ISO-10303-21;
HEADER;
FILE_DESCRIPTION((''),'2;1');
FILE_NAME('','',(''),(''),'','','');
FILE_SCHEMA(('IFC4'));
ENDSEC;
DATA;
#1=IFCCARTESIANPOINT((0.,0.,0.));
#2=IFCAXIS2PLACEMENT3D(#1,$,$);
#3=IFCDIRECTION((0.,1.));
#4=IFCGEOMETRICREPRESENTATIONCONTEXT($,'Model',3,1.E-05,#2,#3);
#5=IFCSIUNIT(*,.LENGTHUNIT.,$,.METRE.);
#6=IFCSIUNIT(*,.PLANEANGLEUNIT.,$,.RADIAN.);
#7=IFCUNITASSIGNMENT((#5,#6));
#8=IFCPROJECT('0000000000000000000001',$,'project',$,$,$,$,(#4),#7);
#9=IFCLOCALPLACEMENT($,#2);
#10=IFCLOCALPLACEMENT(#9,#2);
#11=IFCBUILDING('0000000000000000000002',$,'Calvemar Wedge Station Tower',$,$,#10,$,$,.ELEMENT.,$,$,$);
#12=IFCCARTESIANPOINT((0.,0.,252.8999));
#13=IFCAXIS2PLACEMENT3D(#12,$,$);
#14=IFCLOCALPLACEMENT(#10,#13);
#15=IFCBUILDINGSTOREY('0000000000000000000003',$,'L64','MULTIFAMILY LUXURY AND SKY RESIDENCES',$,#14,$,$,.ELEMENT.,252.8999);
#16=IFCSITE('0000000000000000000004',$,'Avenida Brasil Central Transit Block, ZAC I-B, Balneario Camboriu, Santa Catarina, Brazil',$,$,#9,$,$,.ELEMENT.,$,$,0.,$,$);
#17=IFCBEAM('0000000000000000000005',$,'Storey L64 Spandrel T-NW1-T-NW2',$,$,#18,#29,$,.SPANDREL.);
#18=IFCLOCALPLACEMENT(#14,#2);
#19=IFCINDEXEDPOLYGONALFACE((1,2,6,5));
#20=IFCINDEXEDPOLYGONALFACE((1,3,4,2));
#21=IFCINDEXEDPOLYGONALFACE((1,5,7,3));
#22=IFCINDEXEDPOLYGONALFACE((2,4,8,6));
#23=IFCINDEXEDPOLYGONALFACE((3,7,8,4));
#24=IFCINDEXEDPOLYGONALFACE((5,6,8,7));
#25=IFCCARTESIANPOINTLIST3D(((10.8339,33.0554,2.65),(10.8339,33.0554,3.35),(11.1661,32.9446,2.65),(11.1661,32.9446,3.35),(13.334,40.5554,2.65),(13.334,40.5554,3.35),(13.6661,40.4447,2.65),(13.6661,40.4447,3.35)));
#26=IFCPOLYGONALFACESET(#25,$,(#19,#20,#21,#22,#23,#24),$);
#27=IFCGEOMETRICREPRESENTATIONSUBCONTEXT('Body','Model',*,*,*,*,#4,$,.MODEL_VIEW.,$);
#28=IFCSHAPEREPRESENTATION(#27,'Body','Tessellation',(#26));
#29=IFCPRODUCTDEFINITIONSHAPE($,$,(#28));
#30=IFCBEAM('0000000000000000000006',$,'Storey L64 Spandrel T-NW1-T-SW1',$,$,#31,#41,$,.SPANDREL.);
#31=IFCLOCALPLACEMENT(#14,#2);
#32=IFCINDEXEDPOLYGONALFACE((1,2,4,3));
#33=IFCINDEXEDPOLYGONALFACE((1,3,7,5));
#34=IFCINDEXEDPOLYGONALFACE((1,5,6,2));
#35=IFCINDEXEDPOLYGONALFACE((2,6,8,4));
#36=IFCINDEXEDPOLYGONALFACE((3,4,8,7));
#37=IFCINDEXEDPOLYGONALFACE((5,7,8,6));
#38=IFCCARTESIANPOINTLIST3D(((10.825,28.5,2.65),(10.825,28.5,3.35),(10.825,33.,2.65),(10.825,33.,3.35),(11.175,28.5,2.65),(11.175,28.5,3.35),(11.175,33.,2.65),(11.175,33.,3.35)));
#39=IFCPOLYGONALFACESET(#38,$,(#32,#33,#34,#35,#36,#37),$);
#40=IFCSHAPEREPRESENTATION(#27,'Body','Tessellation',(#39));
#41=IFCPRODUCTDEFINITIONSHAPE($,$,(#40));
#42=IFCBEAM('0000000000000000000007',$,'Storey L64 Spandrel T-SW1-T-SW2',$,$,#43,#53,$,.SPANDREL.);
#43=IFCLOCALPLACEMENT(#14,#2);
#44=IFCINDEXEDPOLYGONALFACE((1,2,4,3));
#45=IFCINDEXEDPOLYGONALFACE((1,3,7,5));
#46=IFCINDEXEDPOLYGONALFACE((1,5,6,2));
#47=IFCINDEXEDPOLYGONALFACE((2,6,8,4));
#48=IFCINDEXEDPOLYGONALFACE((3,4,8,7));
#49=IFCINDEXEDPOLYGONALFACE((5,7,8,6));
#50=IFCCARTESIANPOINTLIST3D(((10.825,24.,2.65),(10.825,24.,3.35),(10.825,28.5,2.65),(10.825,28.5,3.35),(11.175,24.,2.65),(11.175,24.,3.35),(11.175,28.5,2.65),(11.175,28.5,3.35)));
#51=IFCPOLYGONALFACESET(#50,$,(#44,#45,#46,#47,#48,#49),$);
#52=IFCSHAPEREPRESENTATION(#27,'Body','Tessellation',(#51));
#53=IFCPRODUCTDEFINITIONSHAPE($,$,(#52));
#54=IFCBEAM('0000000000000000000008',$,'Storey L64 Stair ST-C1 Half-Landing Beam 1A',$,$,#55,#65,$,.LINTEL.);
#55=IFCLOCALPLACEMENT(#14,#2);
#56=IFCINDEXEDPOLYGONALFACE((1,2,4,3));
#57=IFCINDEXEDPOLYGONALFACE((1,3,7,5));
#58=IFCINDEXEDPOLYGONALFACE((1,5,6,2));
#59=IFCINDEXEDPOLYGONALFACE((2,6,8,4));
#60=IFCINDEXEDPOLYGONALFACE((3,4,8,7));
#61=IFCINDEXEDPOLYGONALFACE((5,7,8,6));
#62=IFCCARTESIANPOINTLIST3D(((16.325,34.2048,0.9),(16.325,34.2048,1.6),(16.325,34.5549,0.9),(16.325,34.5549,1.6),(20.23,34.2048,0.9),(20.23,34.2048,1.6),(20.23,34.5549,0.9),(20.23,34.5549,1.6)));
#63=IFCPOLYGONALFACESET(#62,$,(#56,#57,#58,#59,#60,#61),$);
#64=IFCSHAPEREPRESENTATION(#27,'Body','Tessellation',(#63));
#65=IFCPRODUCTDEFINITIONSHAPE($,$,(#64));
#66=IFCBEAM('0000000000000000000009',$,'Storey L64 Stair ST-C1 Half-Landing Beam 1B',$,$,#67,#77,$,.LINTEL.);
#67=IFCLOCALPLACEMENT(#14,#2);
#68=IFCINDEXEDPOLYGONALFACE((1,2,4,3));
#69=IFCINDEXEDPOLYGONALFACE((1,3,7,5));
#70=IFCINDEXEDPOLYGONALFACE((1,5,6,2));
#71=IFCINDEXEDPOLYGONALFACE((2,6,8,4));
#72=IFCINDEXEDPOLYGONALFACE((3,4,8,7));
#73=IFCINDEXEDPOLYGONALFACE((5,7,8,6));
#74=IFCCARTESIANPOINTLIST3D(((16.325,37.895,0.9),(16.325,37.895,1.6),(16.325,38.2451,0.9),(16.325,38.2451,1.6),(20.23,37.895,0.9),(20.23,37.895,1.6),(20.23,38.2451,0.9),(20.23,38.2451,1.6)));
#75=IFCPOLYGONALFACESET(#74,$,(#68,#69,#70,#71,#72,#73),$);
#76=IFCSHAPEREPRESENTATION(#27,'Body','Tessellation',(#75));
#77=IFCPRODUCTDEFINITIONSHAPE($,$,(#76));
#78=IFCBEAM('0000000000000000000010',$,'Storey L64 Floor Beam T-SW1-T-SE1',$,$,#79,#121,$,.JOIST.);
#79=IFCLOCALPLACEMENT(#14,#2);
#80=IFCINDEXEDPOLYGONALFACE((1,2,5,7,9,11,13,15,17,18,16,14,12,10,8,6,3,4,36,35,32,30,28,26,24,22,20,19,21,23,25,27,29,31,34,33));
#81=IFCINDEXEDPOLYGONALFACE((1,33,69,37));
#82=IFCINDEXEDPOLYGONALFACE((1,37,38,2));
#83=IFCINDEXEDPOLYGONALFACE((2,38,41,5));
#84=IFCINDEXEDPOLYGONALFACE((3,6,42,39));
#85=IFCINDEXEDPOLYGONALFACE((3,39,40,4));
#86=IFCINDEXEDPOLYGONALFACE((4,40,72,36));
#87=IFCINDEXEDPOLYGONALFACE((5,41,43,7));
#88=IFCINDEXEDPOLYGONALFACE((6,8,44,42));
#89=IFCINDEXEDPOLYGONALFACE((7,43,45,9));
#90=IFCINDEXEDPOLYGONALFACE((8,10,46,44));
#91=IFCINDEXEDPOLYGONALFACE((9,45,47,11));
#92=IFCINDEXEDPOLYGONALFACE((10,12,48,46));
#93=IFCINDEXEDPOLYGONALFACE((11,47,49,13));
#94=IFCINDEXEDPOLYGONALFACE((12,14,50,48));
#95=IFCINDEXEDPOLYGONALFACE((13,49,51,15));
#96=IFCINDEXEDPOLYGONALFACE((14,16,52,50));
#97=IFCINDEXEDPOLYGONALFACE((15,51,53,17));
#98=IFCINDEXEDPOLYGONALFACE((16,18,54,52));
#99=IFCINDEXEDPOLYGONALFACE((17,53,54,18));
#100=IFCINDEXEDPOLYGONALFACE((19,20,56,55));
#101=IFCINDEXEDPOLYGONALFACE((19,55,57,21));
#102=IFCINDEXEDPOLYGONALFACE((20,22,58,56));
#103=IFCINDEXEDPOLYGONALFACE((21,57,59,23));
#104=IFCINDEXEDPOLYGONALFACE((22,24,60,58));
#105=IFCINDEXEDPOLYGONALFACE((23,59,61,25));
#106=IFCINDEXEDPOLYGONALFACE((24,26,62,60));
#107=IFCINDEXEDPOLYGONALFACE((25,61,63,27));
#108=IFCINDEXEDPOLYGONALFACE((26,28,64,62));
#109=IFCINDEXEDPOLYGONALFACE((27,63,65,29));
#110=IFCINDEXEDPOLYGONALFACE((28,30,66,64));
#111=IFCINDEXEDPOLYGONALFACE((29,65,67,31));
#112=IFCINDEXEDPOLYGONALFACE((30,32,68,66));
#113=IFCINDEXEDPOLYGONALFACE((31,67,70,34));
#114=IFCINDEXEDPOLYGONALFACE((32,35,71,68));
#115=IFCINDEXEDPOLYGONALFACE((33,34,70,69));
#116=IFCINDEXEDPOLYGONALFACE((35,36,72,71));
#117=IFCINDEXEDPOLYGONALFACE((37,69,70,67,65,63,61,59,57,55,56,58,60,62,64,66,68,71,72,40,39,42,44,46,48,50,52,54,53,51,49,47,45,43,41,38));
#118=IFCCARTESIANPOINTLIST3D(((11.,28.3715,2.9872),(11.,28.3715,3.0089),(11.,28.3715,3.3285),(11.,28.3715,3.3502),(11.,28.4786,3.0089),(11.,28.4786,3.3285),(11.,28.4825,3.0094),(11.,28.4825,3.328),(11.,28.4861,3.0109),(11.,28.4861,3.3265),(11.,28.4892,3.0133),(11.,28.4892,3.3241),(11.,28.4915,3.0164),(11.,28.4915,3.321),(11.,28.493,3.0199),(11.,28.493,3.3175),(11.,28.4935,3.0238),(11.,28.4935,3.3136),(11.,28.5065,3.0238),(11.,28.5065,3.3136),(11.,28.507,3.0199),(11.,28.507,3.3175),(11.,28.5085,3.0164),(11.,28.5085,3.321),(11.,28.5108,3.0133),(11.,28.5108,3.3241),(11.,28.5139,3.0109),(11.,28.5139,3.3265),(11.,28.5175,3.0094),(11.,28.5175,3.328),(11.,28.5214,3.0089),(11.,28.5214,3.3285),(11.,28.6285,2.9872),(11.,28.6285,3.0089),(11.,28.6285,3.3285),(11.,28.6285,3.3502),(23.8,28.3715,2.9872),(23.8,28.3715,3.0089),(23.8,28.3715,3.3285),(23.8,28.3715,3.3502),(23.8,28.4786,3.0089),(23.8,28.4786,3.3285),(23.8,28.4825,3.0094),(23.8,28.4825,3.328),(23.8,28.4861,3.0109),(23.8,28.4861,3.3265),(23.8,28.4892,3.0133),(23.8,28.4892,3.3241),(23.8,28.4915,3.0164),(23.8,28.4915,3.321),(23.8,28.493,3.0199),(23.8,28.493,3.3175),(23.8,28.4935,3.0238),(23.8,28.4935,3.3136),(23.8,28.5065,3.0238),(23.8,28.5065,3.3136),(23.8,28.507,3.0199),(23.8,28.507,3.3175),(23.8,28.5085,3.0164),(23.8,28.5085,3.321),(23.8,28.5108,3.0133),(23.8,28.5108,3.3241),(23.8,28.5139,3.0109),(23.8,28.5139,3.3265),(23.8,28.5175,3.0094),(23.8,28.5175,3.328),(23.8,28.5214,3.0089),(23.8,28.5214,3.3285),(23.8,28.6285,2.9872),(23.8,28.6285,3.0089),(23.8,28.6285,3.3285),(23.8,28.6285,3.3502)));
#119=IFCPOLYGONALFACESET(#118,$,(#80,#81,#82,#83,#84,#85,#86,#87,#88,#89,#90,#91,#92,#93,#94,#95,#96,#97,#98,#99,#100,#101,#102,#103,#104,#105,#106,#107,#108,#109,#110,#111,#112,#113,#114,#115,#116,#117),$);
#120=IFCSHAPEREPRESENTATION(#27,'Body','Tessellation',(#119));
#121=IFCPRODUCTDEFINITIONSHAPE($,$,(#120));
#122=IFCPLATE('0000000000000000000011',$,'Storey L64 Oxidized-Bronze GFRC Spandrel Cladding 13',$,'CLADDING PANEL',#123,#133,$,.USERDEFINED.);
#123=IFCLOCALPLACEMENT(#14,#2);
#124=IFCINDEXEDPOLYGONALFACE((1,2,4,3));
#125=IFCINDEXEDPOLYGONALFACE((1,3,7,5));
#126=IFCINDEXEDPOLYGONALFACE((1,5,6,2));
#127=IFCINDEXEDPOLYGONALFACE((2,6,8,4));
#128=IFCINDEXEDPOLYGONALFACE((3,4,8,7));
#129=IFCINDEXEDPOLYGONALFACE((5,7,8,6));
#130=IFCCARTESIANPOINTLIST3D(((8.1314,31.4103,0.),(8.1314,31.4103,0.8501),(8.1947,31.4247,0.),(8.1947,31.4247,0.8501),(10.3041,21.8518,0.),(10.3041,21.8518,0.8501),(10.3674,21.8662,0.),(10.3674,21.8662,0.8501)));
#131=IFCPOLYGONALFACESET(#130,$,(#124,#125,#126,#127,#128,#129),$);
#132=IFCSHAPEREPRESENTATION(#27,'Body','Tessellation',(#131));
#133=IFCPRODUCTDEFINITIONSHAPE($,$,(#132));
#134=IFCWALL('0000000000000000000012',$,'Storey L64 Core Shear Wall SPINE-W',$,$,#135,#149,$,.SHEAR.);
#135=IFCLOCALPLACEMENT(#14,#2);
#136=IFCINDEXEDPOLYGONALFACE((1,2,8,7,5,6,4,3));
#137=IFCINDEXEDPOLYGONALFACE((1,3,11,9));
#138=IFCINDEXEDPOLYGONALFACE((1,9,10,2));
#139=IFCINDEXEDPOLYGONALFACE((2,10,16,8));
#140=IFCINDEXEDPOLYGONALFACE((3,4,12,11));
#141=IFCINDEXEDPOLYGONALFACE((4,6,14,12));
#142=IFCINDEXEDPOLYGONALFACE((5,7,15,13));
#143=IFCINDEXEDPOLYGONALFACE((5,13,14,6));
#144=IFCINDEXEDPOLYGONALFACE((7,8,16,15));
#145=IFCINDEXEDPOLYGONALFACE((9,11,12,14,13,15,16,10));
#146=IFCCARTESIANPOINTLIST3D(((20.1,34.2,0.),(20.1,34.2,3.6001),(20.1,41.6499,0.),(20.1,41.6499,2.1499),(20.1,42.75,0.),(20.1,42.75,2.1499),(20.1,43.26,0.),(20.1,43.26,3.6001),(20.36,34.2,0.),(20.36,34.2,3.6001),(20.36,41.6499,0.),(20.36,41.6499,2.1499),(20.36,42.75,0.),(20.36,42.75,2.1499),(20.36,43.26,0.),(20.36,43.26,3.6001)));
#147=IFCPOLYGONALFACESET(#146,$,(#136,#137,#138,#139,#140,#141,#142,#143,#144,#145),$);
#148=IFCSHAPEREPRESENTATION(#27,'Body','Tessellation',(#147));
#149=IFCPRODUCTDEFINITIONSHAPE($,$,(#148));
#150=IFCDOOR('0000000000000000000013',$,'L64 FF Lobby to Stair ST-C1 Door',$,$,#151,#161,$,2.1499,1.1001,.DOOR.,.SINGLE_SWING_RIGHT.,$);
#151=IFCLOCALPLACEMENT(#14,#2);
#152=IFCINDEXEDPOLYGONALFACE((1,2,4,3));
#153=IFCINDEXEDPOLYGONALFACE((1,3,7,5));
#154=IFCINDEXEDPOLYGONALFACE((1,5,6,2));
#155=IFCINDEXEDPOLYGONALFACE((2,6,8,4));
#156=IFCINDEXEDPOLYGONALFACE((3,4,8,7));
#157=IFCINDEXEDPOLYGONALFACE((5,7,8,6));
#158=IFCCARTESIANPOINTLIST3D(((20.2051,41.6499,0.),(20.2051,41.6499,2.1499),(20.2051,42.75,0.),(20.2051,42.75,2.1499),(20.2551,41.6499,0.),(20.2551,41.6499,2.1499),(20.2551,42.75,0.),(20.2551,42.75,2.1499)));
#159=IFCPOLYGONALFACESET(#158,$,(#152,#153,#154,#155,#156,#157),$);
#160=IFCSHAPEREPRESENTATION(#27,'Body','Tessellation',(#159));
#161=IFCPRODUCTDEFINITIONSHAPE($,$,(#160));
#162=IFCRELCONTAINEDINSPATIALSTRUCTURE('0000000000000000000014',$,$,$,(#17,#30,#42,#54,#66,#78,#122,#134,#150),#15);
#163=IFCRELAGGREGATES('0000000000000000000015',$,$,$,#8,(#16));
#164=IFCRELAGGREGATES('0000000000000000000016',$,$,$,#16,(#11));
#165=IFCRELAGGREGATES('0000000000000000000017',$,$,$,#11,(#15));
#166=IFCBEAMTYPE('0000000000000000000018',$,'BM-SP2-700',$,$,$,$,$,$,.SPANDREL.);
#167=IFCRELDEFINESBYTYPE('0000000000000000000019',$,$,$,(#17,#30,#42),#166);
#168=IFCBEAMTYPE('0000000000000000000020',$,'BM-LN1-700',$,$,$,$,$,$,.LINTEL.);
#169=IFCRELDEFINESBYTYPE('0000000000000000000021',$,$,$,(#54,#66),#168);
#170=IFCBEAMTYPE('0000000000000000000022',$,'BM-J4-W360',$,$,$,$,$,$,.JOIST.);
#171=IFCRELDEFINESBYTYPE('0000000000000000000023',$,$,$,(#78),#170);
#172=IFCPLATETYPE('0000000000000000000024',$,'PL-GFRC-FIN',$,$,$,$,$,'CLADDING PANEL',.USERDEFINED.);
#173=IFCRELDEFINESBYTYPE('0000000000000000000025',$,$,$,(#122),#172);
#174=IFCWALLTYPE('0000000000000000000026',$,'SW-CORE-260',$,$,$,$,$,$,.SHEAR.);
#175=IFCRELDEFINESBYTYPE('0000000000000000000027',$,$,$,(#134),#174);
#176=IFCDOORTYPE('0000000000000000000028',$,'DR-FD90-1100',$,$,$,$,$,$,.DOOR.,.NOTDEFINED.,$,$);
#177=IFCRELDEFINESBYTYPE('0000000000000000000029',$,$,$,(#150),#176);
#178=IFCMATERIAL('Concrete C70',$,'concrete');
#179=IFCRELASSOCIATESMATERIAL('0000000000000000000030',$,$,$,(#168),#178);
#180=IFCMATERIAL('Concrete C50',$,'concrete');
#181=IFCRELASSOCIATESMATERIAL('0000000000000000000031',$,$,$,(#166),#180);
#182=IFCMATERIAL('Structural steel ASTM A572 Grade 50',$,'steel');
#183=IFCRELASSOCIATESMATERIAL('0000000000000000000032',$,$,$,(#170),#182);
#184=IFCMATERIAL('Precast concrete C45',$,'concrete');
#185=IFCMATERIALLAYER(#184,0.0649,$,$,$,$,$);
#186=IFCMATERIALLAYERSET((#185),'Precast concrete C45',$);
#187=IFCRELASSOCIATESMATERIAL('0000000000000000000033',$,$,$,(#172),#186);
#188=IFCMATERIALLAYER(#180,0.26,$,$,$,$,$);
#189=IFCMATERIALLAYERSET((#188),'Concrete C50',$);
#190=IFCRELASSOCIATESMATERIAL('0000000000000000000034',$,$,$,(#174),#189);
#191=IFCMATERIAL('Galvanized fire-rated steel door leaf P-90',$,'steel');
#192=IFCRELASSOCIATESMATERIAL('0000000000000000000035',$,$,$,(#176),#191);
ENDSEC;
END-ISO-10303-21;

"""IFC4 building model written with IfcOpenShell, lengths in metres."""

from ifc_helpers import new_model, si_unit, direction, frame, frame_2d, origin, origin_2d, place, context, subcontext, project, spatial, rectangle, i_section, extrude, source, transform, mapped, material, layer, layer_set, material_profile, profile_set, type_object, element, fill, save


model = new_model("IFC4")

# Units and contexts
model_context = context("Model", 3, precision=1e-05, world=origin(), true_north=direction((0.0, 1.0)))
body_context = subcontext(model_context, "Body", "Model", "MODEL_VIEW")
ifc_project = project(units=[si_unit("LENGTHUNIT", "METRE"), si_unit("PLANEANGLEUNIT", "RADIAN")], contexts=[model_context])

# Site, building, storey
site_placement = place(None, origin())
site = spatial("IfcSite", under=ifc_project, at=site_placement, Name="Avenida Brasil Central Transit Block, ZAC I-B, Balneario Camboriu, Santa Catarina, Brazil", CompositionType="ELEMENT", RefElevation=0.0)
building_placement = place(site_placement, origin())
building = spatial("IfcBuilding", under=site, at=building_placement, Name="Calvemar Wedge Station Tower", CompositionType="ELEMENT")
storey_placement = place(building_placement, frame((0.0, 0.0, 252.8999)))
storey = spatial("IfcBuildingStorey", under=building, at=storey_placement, Name="L64", Description="MULTIFAMILY LUXURY AND SKY RESIDENCES", CompositionType="ELEMENT", Elevation=252.8999)

# Shared definitions
ifc_material_1 = material(Name="Concrete C50", Category="concrete")

# Beams
ifc_material_2 = material(Name="Concrete C70", Category="concrete")
ifc_material_profile_1 = material_profile(ifc_material_2, rectangle(XDim=0.3501, YDim=0.7, at=origin_2d()), Name="RC350x700")
ifc_profile_set_1 = profile_set([ifc_material_profile_1], Name="Concrete C70")
beam_type_1 = type_object("IfcBeamType", Name="BM-LN1-700", PredefinedType="LINTEL", material=ifc_profile_set_1)
ifc_material_3 = material(Name="Structural steel ASTM A572 Grade 50", Category="steel")
ifc_material_profile_2 = material_profile(ifc_material_1, rectangle(XDim=0.3501, YDim=0.7, at=origin_2d()), Name="RC350x700")
ifc_profile_set_2 = profile_set([ifc_material_profile_2], Name="Concrete C50")
beam_type_2 = type_object("IfcBeamType", Name="BM-SP2-700", PredefinedType="SPANDREL", material=ifc_profile_set_2)
shared_shape_1 = source(origin(), body_context, "Body", "SweptSolid", [
    extrude(rectangle(XDim=0.3501, YDim=0.7, at=origin_2d()), origin(), (0.0, 0.0, 1.0), 7.9058),
])
beam_1_placement = place(storey_placement, frame((11.0, 33.0, 3.0), z_axis=(0.316228, 0.948683, 0.0), x_axis=(-0.948683, 0.316228, 0.0)))
element("IfcBeam", 1, at=beam_1_placement, inside=storey, type_object=beam_type_2, Name="Storey L64 Spandrel T-NW1-T-NW2", PredefinedType="SPANDREL", context=body_context, shape_type="MappedRepresentation", body=[
    mapped(shared_shape_1, transform((0.0, 0.0, 0.0), scale=1.0)),
])
shared_shape_2 = source(origin(), body_context, "Body", "SweptSolid", [
    extrude(rectangle(XDim=0.3501, YDim=0.7, at=origin_2d()), origin(), (0.0, 0.0, 1.0), 4.5),
])
for number, where, z_axis, x_axis, name in (
    (2, (11.0, 33.0, 3.0), (0.0, -1.0, 0.0), (1.0, 0.0, 0.0), "Storey L64 Spandrel T-NW1-T-SW1"),
    (3, (11.0, 28.5, 3.0), (0.0, -1.0, 0.0), (1.0, 0.0, 0.0), "Storey L64 Spandrel T-SW1-T-SW2"),
):
    element("IfcBeam", number, at=place(storey_placement, frame(where, z_axis=z_axis, x_axis=x_axis)), inside=storey, type_object=beam_type_2, Name=name, PredefinedType="SPANDREL", context=body_context, shape_type="MappedRepresentation", body=[
        mapped(shared_shape_2, transform((0.0, 0.0, 0.0), scale=1.0)),
    ])
shared_shape_3 = source(origin(), body_context, "Body", "SweptSolid", [
    extrude(rectangle(XDim=0.3501, YDim=0.7, at=origin_2d()), origin(), (0.0, 0.0, 1.0), 3.905),
])
for number, where, z_axis, x_axis, name in (
    (4, (16.325, 34.3799, 1.25), (1.0, 0.0, 0.0), (0.0, 1.0, 0.0), "Storey L64 Stair ST-C1 Half-Landing Beam 1A"),
    (5, (16.325, 38.0701, 1.25), (1.0, 0.0, 0.0), (0.0, 1.0, 0.0), "Storey L64 Stair ST-C1 Half-Landing Beam 1B"),
):
    element("IfcBeam", number, at=place(storey_placement, frame(where, z_axis=z_axis, x_axis=x_axis)), inside=storey, type_object=beam_type_1, Name=name, PredefinedType="LINTEL", context=body_context, shape_type="MappedRepresentation", body=[
        mapped(shared_shape_3, transform((0.0, 0.0, 0.0), scale=1.0)),
    ])
ifc_material_profile_3 = material_profile(ifc_material_3, i_section(OverallWidth=0.2571, OverallDepth=0.363, WebThickness=0.0129, FlangeThickness=0.0217, FilletRadius=0.0149, at=origin_2d()), Name="W360x122")
ifc_profile_set_3 = profile_set([ifc_material_profile_3], Name="Structural steel ASTM A572 Grade 50")
beam_type_3 = type_object("IfcBeamType", Name="BM-J4-W360", PredefinedType="JOIST", material=ifc_profile_set_3)
shared_shape_4 = source(origin(), body_context, "Body", "SweptSolid", [
    extrude(i_section(OverallWidth=0.2571, OverallDepth=0.363, WebThickness=0.0129, FlangeThickness=0.0217, FilletRadius=0.0149, at=origin_2d()), origin(), (0.0, 0.0, 1.0), 12.8),
])
beam_2_placement = place(storey_placement, frame((11.0, 28.5, 3.1687), z_axis=(1.0, 0.0, 0.0), x_axis=(0.0, 1.0, 0.0)))
element("IfcBeam", 6, at=beam_2_placement, inside=storey, type_object=beam_type_3, Name="Storey L64 Floor Beam T-SW1-T-SE1", PredefinedType="JOIST", context=body_context, shape_type="MappedRepresentation", body=[
    mapped(shared_shape_4, transform((0.0, 0.0, 0.0), scale=1.0)),
])

# Plate
ifc_material_4 = material(Name="Precast concrete C45", Category="concrete")
ifc_layer_1 = layer(ifc_material_4, 0.0649)
ifc_layer_set_1 = layer_set([ifc_layer_1], Name="Precast concrete C45")
plate_type = type_object("IfcPlateType", Name="PL-GFRC-FIN", ElementType="CLADDING PANEL", PredefinedType="USERDEFINED", material=ifc_layer_set_1)
plate_placement = place(storey_placement, frame((8.1631, 31.4175, 0.0), z_axis=(0.0, 0.0, 1.0), x_axis=(0.221646, -0.975127, 0.0)))
element("IfcPlate", 7, at=plate_placement, inside=storey, type_object=plate_type, Name="Storey L64 Oxidized-Bronze GFRC Spandrel Cladding 13", ObjectType="CLADDING PANEL", PredefinedType="USERDEFINED", context=body_context, shape_type="SweptSolid", body=[
    extrude(rectangle(XDim=9.8022, YDim=0.0649, at=frame_2d((4.9011, 0.0))), origin(), (0.0, 0.0, 1.0), 0.8501),
])

# Wall, opening, door
ifc_layer_2 = layer(ifc_material_1, 0.26)
ifc_layer_set_2 = layer_set([ifc_layer_2], Name="Concrete C50")
wall_type_1 = type_object("IfcWallType", Name="SW-CORE-260", PredefinedType="SHEAR", material=ifc_layer_set_2)
wall_1_placement = place(storey_placement, frame((20.23, 34.2, 0.0), z_axis=(0.0, 0.0, 1.0), x_axis=(0.0, 1.0, 0.0)))
wall_1 = element("IfcWall", 8, at=wall_1_placement, inside=storey, type_object=wall_type_1, Name="Storey L64 Core Shear Wall SPINE-W", PredefinedType="SHEAR", context=body_context, shape_type="SweptSolid", body=[
    extrude(rectangle(XDim=9.0601, YDim=0.26, at=frame_2d((4.53, 0.0))), origin(), (0.0, 0.0, 1.0), 3.6001),
])
shared_shape_5 = source(origin(), body_context, "Body", "SweptSolid", [
    extrude(rectangle(XDim=1.1001, YDim=2.1499, at=frame_2d((0.55, 1.075))), frame((0.0, 0.1401, 0.0), z_axis=(0.0, -1.0, 0.0), x_axis=(1.0, 0.0, 0.0)), (0.0, 0.0, 1.0), 0.28),
])
opening_1_placement = place(wall_1_placement, frame((7.45, 0.0, 0.0)))
opening_1 = element("IfcOpeningElement", 9, at=opening_1_placement, cuts=wall_1, PredefinedType="OPENING", context=body_context, shape_type="MappedRepresentation", body=[
    mapped(shared_shape_5, transform((0.0, 0.0, 0.0), scale=1.0)),
])
ifc_material_5 = material(Name="Galvanized fire-rated steel door leaf P-90", Category="steel")
door_type_1 = type_object("IfcDoorType", Name="DR-FD90-1100", OperationType="NOTDEFINED", PredefinedType="DOOR", material=ifc_material_5)
shared_shape_6 = source(origin(), body_context, "Body", "SweptSolid", [
    extrude(rectangle(XDim=1.1001, YDim=2.1499, at=frame_2d((0.55, 1.075))), frame((0.0, 0.0249, 0.0), z_axis=(0.0, -1.0, 0.0), x_axis=(1.0, 0.0, 0.0)), (0.0, 0.0, 1.0), 0.05),
])
door_1_placement = place(opening_1_placement, origin())
door_1 = element("IfcDoor", 10, at=door_1_placement, inside=storey, type_object=door_type_1, Name="L64 FF Lobby to Stair ST-C1 Door", OperationType="SINGLE_SWING_RIGHT", OverallHeight=2.1499, OverallWidth=1.1001, PredefinedType="DOOR", context=body_context, shape_type="MappedRepresentation", body=[
    mapped(shared_shape_6, transform((0.0, 0.0, 0.0), scale=1.0)),
])
fill(opening_1, door_1)

save(model, "model.ifc")
